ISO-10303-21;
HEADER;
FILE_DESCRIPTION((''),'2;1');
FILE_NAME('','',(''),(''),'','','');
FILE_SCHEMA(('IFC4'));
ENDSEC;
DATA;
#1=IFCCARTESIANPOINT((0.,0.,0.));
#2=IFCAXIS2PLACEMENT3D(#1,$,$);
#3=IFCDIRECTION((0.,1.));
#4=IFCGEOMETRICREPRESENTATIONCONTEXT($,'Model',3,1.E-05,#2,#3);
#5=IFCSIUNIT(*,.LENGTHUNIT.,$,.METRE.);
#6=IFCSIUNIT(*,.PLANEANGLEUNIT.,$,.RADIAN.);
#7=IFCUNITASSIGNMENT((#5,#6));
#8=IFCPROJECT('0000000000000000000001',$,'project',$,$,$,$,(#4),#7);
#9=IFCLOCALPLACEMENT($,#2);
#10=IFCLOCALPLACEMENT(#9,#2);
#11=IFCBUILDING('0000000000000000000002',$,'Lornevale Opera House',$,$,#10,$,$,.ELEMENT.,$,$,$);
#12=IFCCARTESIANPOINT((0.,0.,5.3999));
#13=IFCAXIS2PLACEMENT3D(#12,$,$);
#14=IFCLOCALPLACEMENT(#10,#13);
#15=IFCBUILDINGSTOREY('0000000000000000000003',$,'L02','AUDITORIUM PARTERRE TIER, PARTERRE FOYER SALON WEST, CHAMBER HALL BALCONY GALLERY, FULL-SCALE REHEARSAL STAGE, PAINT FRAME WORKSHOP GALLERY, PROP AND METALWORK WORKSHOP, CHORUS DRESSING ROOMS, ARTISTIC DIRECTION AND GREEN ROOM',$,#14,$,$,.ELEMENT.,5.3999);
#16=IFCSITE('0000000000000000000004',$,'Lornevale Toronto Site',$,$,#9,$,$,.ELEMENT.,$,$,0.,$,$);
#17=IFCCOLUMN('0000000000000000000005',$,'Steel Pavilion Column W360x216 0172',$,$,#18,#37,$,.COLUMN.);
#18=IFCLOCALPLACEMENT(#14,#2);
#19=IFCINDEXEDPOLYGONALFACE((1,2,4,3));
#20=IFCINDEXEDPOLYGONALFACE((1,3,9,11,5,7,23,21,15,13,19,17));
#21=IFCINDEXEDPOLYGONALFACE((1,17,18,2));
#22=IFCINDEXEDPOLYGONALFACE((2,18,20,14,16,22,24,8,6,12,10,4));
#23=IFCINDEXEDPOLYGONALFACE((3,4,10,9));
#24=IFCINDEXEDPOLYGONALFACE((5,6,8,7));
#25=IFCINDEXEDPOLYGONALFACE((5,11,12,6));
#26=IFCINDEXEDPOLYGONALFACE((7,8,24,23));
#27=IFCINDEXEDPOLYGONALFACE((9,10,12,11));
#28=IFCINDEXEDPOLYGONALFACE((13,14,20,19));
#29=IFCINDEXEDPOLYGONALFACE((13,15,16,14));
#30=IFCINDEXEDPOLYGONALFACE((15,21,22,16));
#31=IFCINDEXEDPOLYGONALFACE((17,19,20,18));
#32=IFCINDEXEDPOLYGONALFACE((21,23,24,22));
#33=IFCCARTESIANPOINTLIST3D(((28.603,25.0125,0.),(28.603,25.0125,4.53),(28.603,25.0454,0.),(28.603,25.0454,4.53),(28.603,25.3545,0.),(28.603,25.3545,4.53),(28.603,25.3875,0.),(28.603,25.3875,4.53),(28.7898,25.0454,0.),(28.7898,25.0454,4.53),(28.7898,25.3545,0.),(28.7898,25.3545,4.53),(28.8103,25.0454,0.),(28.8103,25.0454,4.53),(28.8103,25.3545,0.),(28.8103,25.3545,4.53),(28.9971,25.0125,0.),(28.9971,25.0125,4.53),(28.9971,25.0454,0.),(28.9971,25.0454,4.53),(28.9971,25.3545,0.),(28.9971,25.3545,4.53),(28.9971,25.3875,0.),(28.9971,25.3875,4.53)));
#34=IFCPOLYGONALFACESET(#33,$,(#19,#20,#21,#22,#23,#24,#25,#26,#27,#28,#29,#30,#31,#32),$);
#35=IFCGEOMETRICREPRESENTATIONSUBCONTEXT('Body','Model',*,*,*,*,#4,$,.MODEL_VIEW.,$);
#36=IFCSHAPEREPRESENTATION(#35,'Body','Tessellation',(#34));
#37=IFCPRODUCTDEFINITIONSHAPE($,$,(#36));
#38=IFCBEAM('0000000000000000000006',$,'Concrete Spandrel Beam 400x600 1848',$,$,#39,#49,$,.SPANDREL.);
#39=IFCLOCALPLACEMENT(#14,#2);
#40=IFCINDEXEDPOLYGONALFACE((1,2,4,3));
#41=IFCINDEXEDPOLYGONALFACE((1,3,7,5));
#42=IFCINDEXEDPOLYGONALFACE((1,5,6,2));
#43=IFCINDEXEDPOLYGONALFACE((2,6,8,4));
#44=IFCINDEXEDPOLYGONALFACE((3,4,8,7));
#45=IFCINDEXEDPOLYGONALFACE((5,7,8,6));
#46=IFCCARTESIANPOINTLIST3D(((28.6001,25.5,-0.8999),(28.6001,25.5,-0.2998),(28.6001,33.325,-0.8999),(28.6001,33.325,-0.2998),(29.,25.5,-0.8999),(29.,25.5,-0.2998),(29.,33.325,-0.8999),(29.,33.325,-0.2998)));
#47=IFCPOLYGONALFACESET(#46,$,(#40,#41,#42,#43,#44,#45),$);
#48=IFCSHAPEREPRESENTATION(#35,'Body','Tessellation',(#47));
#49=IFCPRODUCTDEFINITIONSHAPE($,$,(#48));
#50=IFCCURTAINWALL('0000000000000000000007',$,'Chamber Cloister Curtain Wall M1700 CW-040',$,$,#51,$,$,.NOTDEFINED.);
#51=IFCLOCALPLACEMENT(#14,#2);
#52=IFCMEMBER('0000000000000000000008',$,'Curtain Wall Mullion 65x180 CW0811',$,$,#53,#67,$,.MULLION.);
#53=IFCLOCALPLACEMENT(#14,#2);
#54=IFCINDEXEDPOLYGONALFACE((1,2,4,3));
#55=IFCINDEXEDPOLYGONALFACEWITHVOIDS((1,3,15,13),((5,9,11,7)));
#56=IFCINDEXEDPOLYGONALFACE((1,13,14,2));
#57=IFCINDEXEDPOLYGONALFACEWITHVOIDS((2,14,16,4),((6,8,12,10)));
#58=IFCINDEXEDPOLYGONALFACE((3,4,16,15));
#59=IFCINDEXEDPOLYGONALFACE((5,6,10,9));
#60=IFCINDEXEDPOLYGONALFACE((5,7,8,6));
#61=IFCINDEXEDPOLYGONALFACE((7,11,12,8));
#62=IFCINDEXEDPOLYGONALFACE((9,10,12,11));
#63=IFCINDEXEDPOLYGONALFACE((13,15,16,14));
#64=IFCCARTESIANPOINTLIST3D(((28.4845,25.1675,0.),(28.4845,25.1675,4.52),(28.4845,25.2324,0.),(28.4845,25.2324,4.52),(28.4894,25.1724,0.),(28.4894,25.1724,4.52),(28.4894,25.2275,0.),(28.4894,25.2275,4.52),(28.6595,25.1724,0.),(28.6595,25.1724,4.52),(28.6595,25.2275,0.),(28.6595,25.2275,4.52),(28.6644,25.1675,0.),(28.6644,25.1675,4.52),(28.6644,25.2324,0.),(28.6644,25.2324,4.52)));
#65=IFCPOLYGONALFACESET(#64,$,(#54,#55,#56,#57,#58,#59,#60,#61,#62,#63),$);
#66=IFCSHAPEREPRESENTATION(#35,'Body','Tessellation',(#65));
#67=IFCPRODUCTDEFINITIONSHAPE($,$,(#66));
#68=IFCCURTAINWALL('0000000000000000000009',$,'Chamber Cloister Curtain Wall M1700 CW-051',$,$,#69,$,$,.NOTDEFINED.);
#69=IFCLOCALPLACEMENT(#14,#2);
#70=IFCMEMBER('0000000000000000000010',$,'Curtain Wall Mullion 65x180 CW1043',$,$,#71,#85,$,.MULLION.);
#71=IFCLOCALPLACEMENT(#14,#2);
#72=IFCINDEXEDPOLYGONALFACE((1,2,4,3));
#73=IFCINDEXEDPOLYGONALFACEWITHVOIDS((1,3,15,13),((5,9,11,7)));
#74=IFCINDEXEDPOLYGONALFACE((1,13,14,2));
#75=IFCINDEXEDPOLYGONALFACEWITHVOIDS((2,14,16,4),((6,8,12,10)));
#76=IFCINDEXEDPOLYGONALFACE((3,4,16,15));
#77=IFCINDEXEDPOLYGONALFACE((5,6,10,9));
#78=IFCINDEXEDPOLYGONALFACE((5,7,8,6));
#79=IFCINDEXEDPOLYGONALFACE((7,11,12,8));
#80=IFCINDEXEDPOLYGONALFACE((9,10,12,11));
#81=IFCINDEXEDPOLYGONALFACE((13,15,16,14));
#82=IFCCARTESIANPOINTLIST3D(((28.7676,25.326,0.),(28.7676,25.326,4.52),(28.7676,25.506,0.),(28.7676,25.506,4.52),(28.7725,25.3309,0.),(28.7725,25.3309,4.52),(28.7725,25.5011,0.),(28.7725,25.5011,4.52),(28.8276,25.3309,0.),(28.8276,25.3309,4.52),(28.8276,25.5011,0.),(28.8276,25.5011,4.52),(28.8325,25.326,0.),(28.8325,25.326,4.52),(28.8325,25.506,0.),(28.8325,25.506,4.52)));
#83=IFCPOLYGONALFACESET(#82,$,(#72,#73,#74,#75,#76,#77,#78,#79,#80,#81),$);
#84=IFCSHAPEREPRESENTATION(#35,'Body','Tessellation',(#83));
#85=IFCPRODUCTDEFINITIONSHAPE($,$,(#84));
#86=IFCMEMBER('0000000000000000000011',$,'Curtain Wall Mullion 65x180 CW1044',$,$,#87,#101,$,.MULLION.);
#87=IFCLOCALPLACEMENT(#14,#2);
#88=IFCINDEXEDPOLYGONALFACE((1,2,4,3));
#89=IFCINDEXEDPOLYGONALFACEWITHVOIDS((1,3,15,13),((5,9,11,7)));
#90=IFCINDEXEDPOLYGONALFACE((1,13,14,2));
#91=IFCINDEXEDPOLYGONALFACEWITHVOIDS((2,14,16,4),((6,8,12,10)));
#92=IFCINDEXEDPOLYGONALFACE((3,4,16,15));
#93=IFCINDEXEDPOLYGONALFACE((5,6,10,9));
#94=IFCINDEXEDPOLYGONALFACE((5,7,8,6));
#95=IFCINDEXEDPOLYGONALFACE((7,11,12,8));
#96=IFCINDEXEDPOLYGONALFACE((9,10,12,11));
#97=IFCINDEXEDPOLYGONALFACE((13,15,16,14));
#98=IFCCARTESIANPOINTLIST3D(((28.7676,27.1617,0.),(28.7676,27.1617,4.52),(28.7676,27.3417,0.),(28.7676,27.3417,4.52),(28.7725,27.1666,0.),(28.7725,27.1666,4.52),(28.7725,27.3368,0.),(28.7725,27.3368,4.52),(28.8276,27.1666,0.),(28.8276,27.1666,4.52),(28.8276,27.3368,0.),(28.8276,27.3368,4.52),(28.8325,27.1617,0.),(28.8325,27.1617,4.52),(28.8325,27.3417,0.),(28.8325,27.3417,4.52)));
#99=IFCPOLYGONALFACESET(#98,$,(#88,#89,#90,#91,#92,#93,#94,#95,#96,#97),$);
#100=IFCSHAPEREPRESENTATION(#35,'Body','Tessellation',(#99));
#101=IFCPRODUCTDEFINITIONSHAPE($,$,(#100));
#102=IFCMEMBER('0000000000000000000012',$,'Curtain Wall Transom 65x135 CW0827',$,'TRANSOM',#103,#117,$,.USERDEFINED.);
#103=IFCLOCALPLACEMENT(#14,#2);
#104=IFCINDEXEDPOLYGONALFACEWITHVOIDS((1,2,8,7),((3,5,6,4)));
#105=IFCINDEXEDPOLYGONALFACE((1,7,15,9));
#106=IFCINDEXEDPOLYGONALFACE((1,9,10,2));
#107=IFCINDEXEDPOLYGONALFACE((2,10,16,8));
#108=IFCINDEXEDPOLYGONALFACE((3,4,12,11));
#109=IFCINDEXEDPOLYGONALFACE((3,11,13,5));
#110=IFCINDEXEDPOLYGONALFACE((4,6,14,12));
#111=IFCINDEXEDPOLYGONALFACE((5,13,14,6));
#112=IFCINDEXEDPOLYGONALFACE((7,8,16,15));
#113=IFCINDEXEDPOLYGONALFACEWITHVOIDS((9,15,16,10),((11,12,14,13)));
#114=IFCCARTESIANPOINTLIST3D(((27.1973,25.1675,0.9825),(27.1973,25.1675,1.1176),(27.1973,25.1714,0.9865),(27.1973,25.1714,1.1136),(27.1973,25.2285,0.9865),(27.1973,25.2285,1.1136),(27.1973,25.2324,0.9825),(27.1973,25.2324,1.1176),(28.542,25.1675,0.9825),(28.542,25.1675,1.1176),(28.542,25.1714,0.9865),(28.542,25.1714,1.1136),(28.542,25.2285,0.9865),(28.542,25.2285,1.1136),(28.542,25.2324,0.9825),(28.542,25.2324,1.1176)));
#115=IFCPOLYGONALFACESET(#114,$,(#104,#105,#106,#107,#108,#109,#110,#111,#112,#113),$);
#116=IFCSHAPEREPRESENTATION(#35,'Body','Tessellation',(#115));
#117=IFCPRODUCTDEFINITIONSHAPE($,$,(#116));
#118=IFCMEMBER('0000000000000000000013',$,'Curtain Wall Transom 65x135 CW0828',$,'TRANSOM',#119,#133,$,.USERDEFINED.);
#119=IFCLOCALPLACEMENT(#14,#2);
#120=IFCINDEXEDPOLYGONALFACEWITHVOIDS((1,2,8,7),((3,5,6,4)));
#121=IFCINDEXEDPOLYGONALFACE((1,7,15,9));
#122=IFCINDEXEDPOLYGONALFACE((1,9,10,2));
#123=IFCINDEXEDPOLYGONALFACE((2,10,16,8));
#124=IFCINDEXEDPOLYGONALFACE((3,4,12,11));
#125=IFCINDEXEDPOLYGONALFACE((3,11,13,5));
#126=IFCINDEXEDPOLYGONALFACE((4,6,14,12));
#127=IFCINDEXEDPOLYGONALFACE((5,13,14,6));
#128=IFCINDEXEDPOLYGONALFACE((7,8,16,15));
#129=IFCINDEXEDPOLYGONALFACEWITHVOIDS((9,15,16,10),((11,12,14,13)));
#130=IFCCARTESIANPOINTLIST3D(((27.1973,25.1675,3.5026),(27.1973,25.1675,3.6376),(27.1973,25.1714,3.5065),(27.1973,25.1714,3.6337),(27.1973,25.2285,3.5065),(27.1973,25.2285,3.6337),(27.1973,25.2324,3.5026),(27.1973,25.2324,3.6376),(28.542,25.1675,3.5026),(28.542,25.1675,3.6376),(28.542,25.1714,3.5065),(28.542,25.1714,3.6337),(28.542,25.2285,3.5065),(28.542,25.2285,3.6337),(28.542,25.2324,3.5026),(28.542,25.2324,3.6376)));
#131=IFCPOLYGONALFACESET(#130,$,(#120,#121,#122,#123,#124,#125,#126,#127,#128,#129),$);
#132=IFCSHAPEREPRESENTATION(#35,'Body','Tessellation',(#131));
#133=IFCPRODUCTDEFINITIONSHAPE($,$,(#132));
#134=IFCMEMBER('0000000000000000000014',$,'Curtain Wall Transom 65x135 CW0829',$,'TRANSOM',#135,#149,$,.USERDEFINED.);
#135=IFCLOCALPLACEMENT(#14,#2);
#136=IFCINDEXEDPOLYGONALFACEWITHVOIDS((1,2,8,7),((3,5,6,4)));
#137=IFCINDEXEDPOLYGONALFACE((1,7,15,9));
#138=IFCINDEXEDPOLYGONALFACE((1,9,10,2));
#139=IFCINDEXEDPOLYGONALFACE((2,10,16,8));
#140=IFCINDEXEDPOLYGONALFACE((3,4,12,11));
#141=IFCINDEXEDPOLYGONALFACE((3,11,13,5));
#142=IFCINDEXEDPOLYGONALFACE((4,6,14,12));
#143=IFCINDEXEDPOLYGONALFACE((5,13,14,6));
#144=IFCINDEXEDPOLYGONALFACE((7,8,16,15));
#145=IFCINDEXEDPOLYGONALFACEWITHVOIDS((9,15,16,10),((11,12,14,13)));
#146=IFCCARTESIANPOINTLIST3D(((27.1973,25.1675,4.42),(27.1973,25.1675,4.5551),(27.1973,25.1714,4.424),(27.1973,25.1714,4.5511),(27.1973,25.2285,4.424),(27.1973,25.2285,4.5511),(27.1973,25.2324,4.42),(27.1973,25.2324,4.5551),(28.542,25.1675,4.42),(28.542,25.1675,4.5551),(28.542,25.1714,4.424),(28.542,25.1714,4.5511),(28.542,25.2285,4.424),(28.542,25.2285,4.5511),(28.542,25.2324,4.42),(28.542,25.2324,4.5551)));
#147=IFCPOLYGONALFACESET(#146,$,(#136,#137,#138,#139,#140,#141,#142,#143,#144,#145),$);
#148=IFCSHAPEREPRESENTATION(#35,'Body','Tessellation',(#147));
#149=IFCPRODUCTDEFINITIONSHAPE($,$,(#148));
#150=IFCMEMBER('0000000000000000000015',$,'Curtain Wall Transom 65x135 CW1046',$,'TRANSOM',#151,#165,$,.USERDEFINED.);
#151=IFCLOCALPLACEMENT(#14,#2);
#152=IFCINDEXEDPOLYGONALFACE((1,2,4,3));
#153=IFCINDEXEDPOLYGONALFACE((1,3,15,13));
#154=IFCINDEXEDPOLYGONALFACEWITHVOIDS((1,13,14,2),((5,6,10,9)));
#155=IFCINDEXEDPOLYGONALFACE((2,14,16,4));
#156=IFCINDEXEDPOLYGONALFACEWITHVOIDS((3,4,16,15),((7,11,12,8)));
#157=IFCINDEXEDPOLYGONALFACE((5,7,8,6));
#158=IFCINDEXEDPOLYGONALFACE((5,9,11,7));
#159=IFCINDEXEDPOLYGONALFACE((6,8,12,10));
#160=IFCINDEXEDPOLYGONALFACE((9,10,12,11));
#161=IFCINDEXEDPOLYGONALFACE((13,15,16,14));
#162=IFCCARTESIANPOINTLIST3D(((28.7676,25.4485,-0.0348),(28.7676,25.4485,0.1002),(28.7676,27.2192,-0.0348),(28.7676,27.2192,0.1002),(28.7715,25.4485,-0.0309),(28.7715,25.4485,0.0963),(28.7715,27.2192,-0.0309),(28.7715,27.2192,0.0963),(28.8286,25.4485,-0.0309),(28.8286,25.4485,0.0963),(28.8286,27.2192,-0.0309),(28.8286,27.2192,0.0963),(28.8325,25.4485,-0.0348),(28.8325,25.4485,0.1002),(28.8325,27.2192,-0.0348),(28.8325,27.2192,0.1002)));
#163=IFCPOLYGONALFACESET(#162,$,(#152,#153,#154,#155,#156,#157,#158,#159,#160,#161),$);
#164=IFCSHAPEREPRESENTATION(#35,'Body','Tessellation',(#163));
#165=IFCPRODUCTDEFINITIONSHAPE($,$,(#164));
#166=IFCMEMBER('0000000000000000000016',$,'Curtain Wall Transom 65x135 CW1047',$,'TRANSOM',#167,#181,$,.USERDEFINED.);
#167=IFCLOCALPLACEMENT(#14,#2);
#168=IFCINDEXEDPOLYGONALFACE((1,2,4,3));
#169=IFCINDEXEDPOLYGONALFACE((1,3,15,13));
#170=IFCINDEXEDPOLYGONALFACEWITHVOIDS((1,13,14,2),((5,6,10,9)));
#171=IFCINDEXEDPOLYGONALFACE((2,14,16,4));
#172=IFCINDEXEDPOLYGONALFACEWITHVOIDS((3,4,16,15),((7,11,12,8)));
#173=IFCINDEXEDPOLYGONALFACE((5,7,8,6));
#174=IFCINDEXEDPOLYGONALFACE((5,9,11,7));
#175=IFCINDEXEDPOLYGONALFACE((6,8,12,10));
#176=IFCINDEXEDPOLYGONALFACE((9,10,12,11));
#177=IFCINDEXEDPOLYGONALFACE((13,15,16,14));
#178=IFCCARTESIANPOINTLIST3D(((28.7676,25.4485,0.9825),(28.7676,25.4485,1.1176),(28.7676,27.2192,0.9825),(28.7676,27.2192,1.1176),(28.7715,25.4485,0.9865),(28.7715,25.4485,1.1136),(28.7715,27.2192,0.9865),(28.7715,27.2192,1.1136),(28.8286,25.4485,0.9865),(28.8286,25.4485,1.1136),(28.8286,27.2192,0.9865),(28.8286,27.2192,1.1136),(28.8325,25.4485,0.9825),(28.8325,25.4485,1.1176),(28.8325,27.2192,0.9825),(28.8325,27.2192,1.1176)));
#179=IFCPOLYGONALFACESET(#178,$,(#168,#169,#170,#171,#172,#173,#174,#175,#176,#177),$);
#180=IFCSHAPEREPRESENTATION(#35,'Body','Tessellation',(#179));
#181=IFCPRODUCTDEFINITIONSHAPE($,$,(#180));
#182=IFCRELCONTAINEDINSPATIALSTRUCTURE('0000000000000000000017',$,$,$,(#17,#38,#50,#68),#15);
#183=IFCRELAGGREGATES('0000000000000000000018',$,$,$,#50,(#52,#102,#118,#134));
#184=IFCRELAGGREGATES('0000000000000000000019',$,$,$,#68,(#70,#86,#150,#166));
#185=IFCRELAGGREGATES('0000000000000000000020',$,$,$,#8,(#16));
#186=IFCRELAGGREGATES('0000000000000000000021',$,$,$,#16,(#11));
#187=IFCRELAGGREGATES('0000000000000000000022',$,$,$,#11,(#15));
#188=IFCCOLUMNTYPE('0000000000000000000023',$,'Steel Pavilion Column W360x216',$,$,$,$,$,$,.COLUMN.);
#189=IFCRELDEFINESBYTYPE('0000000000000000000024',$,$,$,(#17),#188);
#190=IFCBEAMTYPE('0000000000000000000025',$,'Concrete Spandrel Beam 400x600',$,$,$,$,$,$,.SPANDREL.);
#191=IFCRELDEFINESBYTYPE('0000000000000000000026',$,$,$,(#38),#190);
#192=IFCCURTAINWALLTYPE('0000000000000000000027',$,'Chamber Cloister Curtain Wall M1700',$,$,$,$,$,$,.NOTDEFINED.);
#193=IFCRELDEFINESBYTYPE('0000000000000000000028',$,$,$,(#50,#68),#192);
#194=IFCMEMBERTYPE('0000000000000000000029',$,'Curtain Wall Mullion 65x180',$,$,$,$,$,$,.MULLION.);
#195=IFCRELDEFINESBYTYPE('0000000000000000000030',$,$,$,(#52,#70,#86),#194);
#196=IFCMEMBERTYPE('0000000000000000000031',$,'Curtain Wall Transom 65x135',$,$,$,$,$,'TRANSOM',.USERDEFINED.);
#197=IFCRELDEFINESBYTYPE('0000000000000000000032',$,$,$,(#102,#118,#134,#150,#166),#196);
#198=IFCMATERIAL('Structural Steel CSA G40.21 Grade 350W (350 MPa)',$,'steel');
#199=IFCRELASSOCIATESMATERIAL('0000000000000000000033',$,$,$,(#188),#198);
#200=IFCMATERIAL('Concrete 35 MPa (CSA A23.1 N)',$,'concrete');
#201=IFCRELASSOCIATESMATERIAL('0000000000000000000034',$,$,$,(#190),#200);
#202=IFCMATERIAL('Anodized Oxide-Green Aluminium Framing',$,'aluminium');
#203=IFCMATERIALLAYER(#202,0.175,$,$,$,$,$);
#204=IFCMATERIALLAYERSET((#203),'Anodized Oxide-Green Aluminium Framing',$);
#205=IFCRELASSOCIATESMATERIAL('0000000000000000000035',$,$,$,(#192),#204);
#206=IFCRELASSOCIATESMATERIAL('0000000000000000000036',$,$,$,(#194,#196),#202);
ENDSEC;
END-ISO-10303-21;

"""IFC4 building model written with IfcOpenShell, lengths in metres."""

from ifc_helpers import new_model, si_unit, direction, frame, origin, origin_2d, place, context, subcontext, project, spatial, rectangle, hollow_rectangle, i_section, extrude, material, layer, layer_set, material_profile, profile_set, type_object, element, aggregate, save


model = new_model("IFC4")

# Units and contexts
model_context = context("Model", 3, precision=1e-05, world=origin(), true_north=direction((0.0, 1.0)))
body_context = subcontext(model_context, "Body", "Model", "MODEL_VIEW")
ifc_project = project(units=[si_unit("LENGTHUNIT", "METRE"), si_unit("PLANEANGLEUNIT", "RADIAN")], contexts=[model_context])

# Site, building, storey
site_placement = place(None, origin())
site = spatial("IfcSite", under=ifc_project, at=site_placement, Name="Lornevale Toronto Site", CompositionType="ELEMENT", RefElevation=0.0)
building_placement = place(site_placement, origin())
building = spatial("IfcBuilding", under=site, at=building_placement, Name="Lornevale Opera House", CompositionType="ELEMENT")
storey_placement = place(building_placement, frame((0.0, 0.0, 5.3999)))
storey = spatial("IfcBuildingStorey", under=building, at=storey_placement, Name="L02", Description="AUDITORIUM PARTERRE TIER, PARTERRE FOYER SALON WEST, CHAMBER HALL BALCONY GALLERY, FULL-SCALE REHEARSAL STAGE, PAINT FRAME WORKSHOP GALLERY, PROP AND METALWORK WORKSHOP, CHORUS DRESSING ROOMS, ARTISTIC DIRECTION AND GREEN ROOM", CompositionType="ELEMENT", Elevation=5.3999)

# Column
ifc_material_1 = material(Name="Structural Steel CSA G40.21 Grade 350W (350 MPa)", Category="steel")
ifc_material_profile_1 = material_profile(ifc_material_1, i_section(OverallWidth=0.394, OverallDepth=0.375, WebThickness=0.0205, FlangeThickness=0.033, at=origin_2d()), Name="W360x216")
ifc_profile_set_1 = profile_set([ifc_material_profile_1], Name="Structural Steel CSA G40.21 Grade 350W (350 MPa)")
column_type = type_object("IfcColumnType", Name="Steel Pavilion Column W360x216", PredefinedType="COLUMN", material=ifc_profile_set_1)
column_placement = place(storey_placement, frame((28.8, 25.2, 0.0), z_axis=(0.0, 0.0, 1.0), x_axis=(1.0, 0.0, 0.0)))
element("IfcColumn", 1, at=column_placement, inside=storey, type_object=column_type, Name="Steel Pavilion Column W360x216 0172", PredefinedType="COLUMN", context=body_context, shape_type="SweptSolid", body=[
    extrude(i_section(OverallWidth=0.394, OverallDepth=0.375, WebThickness=0.0205, FlangeThickness=0.033, at=origin_2d()), origin(), (0.0, 0.0, 1.0), 4.53),
])

# Beam
ifc_material_2 = material(Name="Concrete 35 MPa (CSA A23.1 N)", Category="concrete")
ifc_material_profile_2 = material_profile(ifc_material_2, rectangle(XDim=0.3999, YDim=0.6001, at=origin_2d()), Name="RC400x600")
ifc_profile_set_2 = profile_set([ifc_material_profile_2], Name="Concrete 35 MPa (CSA A23.1 N)")
beam_type = type_object("IfcBeamType", Name="Concrete Spandrel Beam 400x600", PredefinedType="SPANDREL", material=ifc_profile_set_2)
beam_placement = place(storey_placement, frame((28.8, 25.5, -0.5999), z_axis=(0.0, 1.0, 0.0), x_axis=(-1.0, 0.0, 0.0)))
element("IfcBeam", 2, at=beam_placement, inside=storey, type_object=beam_type, Name="Concrete Spandrel Beam 400x600 1848", PredefinedType="SPANDREL", context=body_context, shape_type="SweptSolid", body=[
    extrude(rectangle(XDim=0.3999, YDim=0.6001, at=origin_2d()), origin(), (0.0, 0.0, 1.0), 7.825),
])

# Curtain wall, member
ifc_material_3 = material(Name="Anodized Oxide-Green Aluminium Framing", Category="aluminium")
ifc_layer_1 = layer(ifc_material_3, 0.175)
ifc_layer_set_1 = layer_set([ifc_layer_1], Name="Anodized Oxide-Green Aluminium Framing")
curtain_wall_type = type_object("IfcCurtainWallType", Name="Chamber Cloister Curtain Wall M1700", PredefinedType="NOTDEFINED", material=ifc_layer_set_1)
curtain_wall_1_placement = place(storey_placement, origin())
curtain_wall_1 = element("IfcCurtainWall", 3, at=curtain_wall_1_placement, inside=storey, type_object=curtain_wall_type, Name="Chamber Cloister Curtain Wall M1700 CW-040", PredefinedType="NOTDEFINED")
ifc_material_profile_3 = material_profile(ifc_material_3, hollow_rectangle(XDim=0.0649, YDim=0.1799, WallThickness=0.0049, at=origin_2d()), Name="ALU65x180x5")
ifc_profile_set_3 = profile_set([ifc_material_profile_3], Name="Anodized Oxide-Green Aluminium Framing")
member_type_1 = type_object("IfcMemberType", Name="Curtain Wall Mullion 65x180", PredefinedType="MULLION", material=ifc_profile_set_3)
member_1_placement = place(storey_placement, frame((28.5745, 25.2, 0.0), z_axis=(0.0, 0.0, 1.0), x_axis=(0.0, 1.0, 0.0)))
member_1 = element("IfcMember", 4, at=member_1_placement, type_object=member_type_1, Name="Curtain Wall Mullion 65x180 CW0811", PredefinedType="MULLION", context=body_context, shape_type="SweptSolid", body=[
    extrude(hollow_rectangle(XDim=0.0649, YDim=0.1799, WallThickness=0.0049, at=origin_2d()), origin(), (0.0, 0.0, 1.0), 4.52),
])

# Curtain wall, members
curtain_wall_2_placement = place(storey_placement, origin())
curtain_wall_2 = element("IfcCurtainWall", 5, at=curtain_wall_2_placement, inside=storey, type_object=curtain_wall_type, Name="Chamber Cloister Curtain Wall M1700 CW-051", PredefinedType="NOTDEFINED")
member_2_placement = place(storey_placement, frame((28.8, 25.416, 0.0), z_axis=(0.0, 0.0, 1.0), x_axis=(-1.0, 0.0, 0.0)))
member_2 = element("IfcMember", 6, at=member_2_placement, type_object=member_type_1, Name="Curtain Wall Mullion 65x180 CW1043", PredefinedType="MULLION", context=body_context, shape_type="SweptSolid", body=[
    extrude(hollow_rectangle(XDim=0.0649, YDim=0.1799, WallThickness=0.0049, at=origin_2d()), origin(), (0.0, 0.0, 1.0), 4.52),
])
member_3_placement = place(storey_placement, frame((28.8, 27.2517, 0.0), z_axis=(0.0, 0.0, 1.0), x_axis=(-1.0, 0.0, 0.0)))
member_3 = element("IfcMember", 7, at=member_3_placement, type_object=member_type_1, Name="Curtain Wall Mullion 65x180 CW1044", PredefinedType="MULLION", context=body_context, shape_type="SweptSolid", body=[
    extrude(hollow_rectangle(XDim=0.0649, YDim=0.1799, WallThickness=0.0049, at=origin_2d()), origin(), (0.0, 0.0, 1.0), 4.52),
])

# Members
ifc_material_profile_4 = material_profile(ifc_material_3, hollow_rectangle(XDim=0.0649, YDim=0.135, WallThickness=0.0039, at=origin_2d()), Name="ALU65x135x4")
ifc_profile_set_4 = profile_set([ifc_material_profile_4], Name="Anodized Oxide-Green Aluminium Framing")
member_type_2 = type_object("IfcMemberType", Name="Curtain Wall Transom 65x135", ElementType="TRANSOM", PredefinedType="USERDEFINED", material=ifc_profile_set_4)
member_4_placement = place(storey_placement, frame((27.1973, 25.2, 1.05), z_axis=(1.0, 0.0, 0.0), x_axis=(0.0, 1.0, 0.0)))
member_4 = element("IfcMember", 8, at=member_4_placement, type_object=member_type_2, Name="Curtain Wall Transom 65x135 CW0827", ObjectType="TRANSOM", PredefinedType="USERDEFINED", context=body_context, shape_type="SweptSolid", body=[
    extrude(hollow_rectangle(XDim=0.0649, YDim=0.135, WallThickness=0.0039, at=origin_2d()), origin(), (0.0, 0.0, 1.0), 1.3447),
])
member_5_placement = place(storey_placement, frame((27.1973, 25.2, 3.5701), z_axis=(1.0, 0.0, 0.0), x_axis=(0.0, 1.0, 0.0)))
member_5 = element("IfcMember", 9, at=member_5_placement, type_object=member_type_2, Name="Curtain Wall Transom 65x135 CW0828", ObjectType="TRANSOM", PredefinedType="USERDEFINED", context=body_context, shape_type="SweptSolid", body=[
    extrude(hollow_rectangle(XDim=0.0649, YDim=0.135, WallThickness=0.0039, at=origin_2d()), origin(), (0.0, 0.0, 1.0), 1.3447),
])
member_6_placement = place(storey_placement, frame((27.1973, 25.2, 4.4875), z_axis=(1.0, 0.0, 0.0), x_axis=(0.0, 1.0, 0.0)))
member_6 = element("IfcMember", 10, at=member_6_placement, type_object=member_type_2, Name="Curtain Wall Transom 65x135 CW0829", ObjectType="TRANSOM", PredefinedType="USERDEFINED", context=body_context, shape_type="SweptSolid", body=[
    extrude(hollow_rectangle(XDim=0.0649, YDim=0.135, WallThickness=0.0039, at=origin_2d()), origin(), (0.0, 0.0, 1.0), 1.3447),
])
member_7_placement = place(storey_placement, frame((28.8, 25.4485, 0.0327), z_axis=(0.0, 1.0, 0.0), x_axis=(-1.0, 0.0, 0.0)))
member_7 = element("IfcMember", 11, at=member_7_placement, type_object=member_type_2, Name="Curtain Wall Transom 65x135 CW1046", ObjectType="TRANSOM", PredefinedType="USERDEFINED", context=body_context, shape_type="SweptSolid", body=[
    extrude(hollow_rectangle(XDim=0.0649, YDim=0.135, WallThickness=0.0039, at=origin_2d()), origin(), (0.0, 0.0, 1.0), 1.7708),
])
member_8_placement = place(storey_placement, frame((28.8, 25.4485, 1.05), z_axis=(0.0, 1.0, 0.0), x_axis=(-1.0, 0.0, 0.0)))
member_8 = element("IfcMember", 12, at=member_8_placement, type_object=member_type_2, Name="Curtain Wall Transom 65x135 CW1047", ObjectType="TRANSOM", PredefinedType="USERDEFINED", context=body_context, shape_type="SweptSolid", body=[
    extrude(hollow_rectangle(XDim=0.0649, YDim=0.135, WallThickness=0.0039, at=origin_2d()), origin(), (0.0, 0.0, 1.0), 1.7708),
])

aggregate(curtain_wall_1, [member_1, member_4, member_5, member_6])
aggregate(curtain_wall_2, [member_2, member_3, member_7, member_8])

save(model, "model.ifc")
